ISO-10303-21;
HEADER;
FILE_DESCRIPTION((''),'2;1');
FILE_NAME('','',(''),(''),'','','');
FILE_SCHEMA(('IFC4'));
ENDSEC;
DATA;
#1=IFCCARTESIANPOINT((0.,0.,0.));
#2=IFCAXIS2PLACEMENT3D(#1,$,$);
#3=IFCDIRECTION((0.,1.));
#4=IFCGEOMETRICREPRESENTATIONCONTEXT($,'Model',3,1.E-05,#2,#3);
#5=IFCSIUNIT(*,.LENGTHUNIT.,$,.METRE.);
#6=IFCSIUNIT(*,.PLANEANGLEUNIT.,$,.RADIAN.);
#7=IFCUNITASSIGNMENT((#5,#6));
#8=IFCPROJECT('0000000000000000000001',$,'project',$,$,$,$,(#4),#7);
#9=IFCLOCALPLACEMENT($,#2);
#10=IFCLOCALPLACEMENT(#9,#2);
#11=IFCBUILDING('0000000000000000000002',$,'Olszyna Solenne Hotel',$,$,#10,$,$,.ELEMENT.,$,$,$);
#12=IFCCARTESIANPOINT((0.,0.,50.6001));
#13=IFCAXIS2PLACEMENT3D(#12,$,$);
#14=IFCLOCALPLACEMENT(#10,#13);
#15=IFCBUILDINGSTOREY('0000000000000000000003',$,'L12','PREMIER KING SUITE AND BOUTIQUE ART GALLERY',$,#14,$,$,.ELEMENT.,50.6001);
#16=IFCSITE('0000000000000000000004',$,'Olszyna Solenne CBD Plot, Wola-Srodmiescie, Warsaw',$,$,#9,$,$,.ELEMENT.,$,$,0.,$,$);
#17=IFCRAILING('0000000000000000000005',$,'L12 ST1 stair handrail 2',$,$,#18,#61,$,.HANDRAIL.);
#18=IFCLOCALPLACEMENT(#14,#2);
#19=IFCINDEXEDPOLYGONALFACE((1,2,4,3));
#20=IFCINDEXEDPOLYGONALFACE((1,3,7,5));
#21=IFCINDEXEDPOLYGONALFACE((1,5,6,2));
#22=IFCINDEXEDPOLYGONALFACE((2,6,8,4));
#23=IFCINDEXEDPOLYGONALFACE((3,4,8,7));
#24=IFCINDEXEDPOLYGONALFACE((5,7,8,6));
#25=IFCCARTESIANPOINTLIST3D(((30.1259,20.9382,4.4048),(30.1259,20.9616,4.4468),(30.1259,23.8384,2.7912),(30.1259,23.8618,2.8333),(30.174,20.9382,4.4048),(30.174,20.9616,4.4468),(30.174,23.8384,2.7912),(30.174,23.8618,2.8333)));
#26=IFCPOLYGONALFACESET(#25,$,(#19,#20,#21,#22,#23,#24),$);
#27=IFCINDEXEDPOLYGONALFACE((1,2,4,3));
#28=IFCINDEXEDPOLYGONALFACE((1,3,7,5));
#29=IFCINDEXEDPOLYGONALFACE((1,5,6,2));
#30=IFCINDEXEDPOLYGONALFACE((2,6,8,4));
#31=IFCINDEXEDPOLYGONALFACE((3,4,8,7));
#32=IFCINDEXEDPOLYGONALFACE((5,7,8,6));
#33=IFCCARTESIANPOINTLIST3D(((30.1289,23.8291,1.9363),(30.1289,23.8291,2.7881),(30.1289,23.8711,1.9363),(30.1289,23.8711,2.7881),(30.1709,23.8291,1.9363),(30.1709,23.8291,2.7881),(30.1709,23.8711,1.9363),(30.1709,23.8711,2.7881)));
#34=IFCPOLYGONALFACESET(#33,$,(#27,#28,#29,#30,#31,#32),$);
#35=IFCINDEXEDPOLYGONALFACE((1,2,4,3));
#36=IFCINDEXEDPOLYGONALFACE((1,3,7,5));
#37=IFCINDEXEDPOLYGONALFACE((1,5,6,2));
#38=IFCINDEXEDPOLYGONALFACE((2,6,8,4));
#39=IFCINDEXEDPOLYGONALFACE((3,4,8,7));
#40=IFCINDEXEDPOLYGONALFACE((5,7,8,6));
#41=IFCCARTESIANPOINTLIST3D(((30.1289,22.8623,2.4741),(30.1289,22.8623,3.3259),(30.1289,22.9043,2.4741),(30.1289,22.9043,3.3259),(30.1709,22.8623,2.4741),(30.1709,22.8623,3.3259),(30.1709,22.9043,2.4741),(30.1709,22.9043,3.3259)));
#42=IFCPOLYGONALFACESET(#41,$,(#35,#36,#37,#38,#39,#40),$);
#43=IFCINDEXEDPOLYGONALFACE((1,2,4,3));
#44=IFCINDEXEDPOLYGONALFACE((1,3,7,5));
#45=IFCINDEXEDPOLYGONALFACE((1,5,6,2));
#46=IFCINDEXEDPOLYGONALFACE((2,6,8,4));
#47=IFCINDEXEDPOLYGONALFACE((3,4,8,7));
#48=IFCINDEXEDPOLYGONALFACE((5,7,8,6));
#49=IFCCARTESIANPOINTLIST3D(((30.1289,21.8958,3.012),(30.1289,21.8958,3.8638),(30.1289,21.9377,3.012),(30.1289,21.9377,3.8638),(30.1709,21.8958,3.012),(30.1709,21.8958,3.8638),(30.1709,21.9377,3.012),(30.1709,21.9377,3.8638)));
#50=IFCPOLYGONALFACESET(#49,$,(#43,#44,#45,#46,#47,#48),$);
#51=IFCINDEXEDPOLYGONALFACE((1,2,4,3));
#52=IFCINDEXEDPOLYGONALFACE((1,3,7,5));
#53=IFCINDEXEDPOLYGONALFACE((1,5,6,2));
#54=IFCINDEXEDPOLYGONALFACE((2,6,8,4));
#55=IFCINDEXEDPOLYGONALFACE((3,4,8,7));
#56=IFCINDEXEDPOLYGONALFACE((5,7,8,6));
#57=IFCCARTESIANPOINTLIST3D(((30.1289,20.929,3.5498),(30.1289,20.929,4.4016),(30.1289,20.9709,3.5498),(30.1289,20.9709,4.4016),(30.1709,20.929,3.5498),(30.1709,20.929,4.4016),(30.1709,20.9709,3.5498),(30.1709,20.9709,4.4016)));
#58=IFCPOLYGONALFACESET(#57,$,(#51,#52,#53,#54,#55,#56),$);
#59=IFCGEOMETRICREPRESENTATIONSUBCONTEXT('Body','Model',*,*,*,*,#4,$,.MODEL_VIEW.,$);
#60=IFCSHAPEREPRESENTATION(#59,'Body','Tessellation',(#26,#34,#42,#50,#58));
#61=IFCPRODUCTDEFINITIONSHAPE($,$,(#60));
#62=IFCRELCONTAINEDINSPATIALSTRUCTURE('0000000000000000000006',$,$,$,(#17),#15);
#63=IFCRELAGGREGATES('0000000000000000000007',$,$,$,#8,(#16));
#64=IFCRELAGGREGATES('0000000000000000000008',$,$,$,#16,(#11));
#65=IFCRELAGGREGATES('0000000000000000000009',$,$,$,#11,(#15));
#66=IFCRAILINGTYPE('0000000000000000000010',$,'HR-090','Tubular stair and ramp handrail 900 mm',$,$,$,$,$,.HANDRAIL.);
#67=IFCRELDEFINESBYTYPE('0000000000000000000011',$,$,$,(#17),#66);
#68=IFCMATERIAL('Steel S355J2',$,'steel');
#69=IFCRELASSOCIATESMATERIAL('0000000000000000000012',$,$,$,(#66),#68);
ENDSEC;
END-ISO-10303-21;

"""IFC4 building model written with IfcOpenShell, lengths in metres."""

from ifc_helpers import new_model, si_unit, direction, frame, origin, origin_2d, place, context, subcontext, project, spatial, rectangle, extrude, material, type_object, element, save


model = new_model("IFC4")

# Units and contexts
model_context = context("Model", 3, precision=1e-05, world=origin(), true_north=direction((0.0, 1.0)))
body_context = subcontext(model_context, "Body", "Model", "MODEL_VIEW")
ifc_project = project(units=[si_unit("LENGTHUNIT", "METRE"), si_unit("PLANEANGLEUNIT", "RADIAN")], contexts=[model_context])

# Site, building, storey
site_placement = place(None, origin())
site = spatial("IfcSite", under=ifc_project, at=site_placement, Name="Olszyna Solenne CBD Plot, Wola-Srodmiescie, Warsaw", CompositionType="ELEMENT", RefElevation=0.0)
building_placement = place(site_placement, origin())
building = spatial("IfcBuilding", under=site, at=building_placement, Name="Olszyna Solenne Hotel", CompositionType="ELEMENT")
storey_placement = place(building_placement, frame((0.0, 0.0, 50.6001)))
storey = spatial("IfcBuildingStorey", under=building, at=storey_placement, Name="L12", Description="PREMIER KING SUITE AND BOUTIQUE ART GALLERY", CompositionType="ELEMENT", Elevation=50.6001)

# Shared definitions
ifc_material_1 = material(Name="Steel S355J2", Category="steel")

# Railing
railing_type_1 = type_object("IfcRailingType", Name="HR-090", Description="Tubular stair and ramp handrail 900 mm", PredefinedType="HANDRAIL", material=ifc_material_1)
railing_1_placement = place(storey_placement, frame((30.1499, 23.8501, 1.9363)))
element("IfcRailing", 1, at=railing_1_placement, inside=storey, type_object=railing_type_1, Name="L12 ST1 stair handrail 2", PredefinedType="HANDRAIL", context=body_context, shape_type="SweptSolid", body=[
    extrude(rectangle(XDim=0.0481, YDim=0.0481, at=origin_2d()), frame((0.0, 0.0, 0.876), z_axis=(0.0, -0.873859, 0.48618), x_axis=(1.0, 0.0, 0.0)), (0.0, 0.0, 1.0), 3.3188),
    extrude(rectangle(XDim=0.042, YDim=0.042, at=origin_2d()), origin(), (0.0, 0.0, 1.0), 0.8518),
    extrude(rectangle(XDim=0.042, YDim=0.042, at=origin_2d()), frame((0.0, -0.9668, 0.5378)), (0.0, 0.0, 1.0), 0.8518),
    extrude(rectangle(XDim=0.042, YDim=0.042, at=origin_2d()), frame((0.0, -1.9333, 1.0757)), (0.0, 0.0, 1.0), 0.8518),
    extrude(rectangle(XDim=0.042, YDim=0.042, at=origin_2d()), frame((0.0, -2.9001, 1.6135)), (0.0, 0.0, 1.0), 0.8518),
])

save(model, "model.ifc")
